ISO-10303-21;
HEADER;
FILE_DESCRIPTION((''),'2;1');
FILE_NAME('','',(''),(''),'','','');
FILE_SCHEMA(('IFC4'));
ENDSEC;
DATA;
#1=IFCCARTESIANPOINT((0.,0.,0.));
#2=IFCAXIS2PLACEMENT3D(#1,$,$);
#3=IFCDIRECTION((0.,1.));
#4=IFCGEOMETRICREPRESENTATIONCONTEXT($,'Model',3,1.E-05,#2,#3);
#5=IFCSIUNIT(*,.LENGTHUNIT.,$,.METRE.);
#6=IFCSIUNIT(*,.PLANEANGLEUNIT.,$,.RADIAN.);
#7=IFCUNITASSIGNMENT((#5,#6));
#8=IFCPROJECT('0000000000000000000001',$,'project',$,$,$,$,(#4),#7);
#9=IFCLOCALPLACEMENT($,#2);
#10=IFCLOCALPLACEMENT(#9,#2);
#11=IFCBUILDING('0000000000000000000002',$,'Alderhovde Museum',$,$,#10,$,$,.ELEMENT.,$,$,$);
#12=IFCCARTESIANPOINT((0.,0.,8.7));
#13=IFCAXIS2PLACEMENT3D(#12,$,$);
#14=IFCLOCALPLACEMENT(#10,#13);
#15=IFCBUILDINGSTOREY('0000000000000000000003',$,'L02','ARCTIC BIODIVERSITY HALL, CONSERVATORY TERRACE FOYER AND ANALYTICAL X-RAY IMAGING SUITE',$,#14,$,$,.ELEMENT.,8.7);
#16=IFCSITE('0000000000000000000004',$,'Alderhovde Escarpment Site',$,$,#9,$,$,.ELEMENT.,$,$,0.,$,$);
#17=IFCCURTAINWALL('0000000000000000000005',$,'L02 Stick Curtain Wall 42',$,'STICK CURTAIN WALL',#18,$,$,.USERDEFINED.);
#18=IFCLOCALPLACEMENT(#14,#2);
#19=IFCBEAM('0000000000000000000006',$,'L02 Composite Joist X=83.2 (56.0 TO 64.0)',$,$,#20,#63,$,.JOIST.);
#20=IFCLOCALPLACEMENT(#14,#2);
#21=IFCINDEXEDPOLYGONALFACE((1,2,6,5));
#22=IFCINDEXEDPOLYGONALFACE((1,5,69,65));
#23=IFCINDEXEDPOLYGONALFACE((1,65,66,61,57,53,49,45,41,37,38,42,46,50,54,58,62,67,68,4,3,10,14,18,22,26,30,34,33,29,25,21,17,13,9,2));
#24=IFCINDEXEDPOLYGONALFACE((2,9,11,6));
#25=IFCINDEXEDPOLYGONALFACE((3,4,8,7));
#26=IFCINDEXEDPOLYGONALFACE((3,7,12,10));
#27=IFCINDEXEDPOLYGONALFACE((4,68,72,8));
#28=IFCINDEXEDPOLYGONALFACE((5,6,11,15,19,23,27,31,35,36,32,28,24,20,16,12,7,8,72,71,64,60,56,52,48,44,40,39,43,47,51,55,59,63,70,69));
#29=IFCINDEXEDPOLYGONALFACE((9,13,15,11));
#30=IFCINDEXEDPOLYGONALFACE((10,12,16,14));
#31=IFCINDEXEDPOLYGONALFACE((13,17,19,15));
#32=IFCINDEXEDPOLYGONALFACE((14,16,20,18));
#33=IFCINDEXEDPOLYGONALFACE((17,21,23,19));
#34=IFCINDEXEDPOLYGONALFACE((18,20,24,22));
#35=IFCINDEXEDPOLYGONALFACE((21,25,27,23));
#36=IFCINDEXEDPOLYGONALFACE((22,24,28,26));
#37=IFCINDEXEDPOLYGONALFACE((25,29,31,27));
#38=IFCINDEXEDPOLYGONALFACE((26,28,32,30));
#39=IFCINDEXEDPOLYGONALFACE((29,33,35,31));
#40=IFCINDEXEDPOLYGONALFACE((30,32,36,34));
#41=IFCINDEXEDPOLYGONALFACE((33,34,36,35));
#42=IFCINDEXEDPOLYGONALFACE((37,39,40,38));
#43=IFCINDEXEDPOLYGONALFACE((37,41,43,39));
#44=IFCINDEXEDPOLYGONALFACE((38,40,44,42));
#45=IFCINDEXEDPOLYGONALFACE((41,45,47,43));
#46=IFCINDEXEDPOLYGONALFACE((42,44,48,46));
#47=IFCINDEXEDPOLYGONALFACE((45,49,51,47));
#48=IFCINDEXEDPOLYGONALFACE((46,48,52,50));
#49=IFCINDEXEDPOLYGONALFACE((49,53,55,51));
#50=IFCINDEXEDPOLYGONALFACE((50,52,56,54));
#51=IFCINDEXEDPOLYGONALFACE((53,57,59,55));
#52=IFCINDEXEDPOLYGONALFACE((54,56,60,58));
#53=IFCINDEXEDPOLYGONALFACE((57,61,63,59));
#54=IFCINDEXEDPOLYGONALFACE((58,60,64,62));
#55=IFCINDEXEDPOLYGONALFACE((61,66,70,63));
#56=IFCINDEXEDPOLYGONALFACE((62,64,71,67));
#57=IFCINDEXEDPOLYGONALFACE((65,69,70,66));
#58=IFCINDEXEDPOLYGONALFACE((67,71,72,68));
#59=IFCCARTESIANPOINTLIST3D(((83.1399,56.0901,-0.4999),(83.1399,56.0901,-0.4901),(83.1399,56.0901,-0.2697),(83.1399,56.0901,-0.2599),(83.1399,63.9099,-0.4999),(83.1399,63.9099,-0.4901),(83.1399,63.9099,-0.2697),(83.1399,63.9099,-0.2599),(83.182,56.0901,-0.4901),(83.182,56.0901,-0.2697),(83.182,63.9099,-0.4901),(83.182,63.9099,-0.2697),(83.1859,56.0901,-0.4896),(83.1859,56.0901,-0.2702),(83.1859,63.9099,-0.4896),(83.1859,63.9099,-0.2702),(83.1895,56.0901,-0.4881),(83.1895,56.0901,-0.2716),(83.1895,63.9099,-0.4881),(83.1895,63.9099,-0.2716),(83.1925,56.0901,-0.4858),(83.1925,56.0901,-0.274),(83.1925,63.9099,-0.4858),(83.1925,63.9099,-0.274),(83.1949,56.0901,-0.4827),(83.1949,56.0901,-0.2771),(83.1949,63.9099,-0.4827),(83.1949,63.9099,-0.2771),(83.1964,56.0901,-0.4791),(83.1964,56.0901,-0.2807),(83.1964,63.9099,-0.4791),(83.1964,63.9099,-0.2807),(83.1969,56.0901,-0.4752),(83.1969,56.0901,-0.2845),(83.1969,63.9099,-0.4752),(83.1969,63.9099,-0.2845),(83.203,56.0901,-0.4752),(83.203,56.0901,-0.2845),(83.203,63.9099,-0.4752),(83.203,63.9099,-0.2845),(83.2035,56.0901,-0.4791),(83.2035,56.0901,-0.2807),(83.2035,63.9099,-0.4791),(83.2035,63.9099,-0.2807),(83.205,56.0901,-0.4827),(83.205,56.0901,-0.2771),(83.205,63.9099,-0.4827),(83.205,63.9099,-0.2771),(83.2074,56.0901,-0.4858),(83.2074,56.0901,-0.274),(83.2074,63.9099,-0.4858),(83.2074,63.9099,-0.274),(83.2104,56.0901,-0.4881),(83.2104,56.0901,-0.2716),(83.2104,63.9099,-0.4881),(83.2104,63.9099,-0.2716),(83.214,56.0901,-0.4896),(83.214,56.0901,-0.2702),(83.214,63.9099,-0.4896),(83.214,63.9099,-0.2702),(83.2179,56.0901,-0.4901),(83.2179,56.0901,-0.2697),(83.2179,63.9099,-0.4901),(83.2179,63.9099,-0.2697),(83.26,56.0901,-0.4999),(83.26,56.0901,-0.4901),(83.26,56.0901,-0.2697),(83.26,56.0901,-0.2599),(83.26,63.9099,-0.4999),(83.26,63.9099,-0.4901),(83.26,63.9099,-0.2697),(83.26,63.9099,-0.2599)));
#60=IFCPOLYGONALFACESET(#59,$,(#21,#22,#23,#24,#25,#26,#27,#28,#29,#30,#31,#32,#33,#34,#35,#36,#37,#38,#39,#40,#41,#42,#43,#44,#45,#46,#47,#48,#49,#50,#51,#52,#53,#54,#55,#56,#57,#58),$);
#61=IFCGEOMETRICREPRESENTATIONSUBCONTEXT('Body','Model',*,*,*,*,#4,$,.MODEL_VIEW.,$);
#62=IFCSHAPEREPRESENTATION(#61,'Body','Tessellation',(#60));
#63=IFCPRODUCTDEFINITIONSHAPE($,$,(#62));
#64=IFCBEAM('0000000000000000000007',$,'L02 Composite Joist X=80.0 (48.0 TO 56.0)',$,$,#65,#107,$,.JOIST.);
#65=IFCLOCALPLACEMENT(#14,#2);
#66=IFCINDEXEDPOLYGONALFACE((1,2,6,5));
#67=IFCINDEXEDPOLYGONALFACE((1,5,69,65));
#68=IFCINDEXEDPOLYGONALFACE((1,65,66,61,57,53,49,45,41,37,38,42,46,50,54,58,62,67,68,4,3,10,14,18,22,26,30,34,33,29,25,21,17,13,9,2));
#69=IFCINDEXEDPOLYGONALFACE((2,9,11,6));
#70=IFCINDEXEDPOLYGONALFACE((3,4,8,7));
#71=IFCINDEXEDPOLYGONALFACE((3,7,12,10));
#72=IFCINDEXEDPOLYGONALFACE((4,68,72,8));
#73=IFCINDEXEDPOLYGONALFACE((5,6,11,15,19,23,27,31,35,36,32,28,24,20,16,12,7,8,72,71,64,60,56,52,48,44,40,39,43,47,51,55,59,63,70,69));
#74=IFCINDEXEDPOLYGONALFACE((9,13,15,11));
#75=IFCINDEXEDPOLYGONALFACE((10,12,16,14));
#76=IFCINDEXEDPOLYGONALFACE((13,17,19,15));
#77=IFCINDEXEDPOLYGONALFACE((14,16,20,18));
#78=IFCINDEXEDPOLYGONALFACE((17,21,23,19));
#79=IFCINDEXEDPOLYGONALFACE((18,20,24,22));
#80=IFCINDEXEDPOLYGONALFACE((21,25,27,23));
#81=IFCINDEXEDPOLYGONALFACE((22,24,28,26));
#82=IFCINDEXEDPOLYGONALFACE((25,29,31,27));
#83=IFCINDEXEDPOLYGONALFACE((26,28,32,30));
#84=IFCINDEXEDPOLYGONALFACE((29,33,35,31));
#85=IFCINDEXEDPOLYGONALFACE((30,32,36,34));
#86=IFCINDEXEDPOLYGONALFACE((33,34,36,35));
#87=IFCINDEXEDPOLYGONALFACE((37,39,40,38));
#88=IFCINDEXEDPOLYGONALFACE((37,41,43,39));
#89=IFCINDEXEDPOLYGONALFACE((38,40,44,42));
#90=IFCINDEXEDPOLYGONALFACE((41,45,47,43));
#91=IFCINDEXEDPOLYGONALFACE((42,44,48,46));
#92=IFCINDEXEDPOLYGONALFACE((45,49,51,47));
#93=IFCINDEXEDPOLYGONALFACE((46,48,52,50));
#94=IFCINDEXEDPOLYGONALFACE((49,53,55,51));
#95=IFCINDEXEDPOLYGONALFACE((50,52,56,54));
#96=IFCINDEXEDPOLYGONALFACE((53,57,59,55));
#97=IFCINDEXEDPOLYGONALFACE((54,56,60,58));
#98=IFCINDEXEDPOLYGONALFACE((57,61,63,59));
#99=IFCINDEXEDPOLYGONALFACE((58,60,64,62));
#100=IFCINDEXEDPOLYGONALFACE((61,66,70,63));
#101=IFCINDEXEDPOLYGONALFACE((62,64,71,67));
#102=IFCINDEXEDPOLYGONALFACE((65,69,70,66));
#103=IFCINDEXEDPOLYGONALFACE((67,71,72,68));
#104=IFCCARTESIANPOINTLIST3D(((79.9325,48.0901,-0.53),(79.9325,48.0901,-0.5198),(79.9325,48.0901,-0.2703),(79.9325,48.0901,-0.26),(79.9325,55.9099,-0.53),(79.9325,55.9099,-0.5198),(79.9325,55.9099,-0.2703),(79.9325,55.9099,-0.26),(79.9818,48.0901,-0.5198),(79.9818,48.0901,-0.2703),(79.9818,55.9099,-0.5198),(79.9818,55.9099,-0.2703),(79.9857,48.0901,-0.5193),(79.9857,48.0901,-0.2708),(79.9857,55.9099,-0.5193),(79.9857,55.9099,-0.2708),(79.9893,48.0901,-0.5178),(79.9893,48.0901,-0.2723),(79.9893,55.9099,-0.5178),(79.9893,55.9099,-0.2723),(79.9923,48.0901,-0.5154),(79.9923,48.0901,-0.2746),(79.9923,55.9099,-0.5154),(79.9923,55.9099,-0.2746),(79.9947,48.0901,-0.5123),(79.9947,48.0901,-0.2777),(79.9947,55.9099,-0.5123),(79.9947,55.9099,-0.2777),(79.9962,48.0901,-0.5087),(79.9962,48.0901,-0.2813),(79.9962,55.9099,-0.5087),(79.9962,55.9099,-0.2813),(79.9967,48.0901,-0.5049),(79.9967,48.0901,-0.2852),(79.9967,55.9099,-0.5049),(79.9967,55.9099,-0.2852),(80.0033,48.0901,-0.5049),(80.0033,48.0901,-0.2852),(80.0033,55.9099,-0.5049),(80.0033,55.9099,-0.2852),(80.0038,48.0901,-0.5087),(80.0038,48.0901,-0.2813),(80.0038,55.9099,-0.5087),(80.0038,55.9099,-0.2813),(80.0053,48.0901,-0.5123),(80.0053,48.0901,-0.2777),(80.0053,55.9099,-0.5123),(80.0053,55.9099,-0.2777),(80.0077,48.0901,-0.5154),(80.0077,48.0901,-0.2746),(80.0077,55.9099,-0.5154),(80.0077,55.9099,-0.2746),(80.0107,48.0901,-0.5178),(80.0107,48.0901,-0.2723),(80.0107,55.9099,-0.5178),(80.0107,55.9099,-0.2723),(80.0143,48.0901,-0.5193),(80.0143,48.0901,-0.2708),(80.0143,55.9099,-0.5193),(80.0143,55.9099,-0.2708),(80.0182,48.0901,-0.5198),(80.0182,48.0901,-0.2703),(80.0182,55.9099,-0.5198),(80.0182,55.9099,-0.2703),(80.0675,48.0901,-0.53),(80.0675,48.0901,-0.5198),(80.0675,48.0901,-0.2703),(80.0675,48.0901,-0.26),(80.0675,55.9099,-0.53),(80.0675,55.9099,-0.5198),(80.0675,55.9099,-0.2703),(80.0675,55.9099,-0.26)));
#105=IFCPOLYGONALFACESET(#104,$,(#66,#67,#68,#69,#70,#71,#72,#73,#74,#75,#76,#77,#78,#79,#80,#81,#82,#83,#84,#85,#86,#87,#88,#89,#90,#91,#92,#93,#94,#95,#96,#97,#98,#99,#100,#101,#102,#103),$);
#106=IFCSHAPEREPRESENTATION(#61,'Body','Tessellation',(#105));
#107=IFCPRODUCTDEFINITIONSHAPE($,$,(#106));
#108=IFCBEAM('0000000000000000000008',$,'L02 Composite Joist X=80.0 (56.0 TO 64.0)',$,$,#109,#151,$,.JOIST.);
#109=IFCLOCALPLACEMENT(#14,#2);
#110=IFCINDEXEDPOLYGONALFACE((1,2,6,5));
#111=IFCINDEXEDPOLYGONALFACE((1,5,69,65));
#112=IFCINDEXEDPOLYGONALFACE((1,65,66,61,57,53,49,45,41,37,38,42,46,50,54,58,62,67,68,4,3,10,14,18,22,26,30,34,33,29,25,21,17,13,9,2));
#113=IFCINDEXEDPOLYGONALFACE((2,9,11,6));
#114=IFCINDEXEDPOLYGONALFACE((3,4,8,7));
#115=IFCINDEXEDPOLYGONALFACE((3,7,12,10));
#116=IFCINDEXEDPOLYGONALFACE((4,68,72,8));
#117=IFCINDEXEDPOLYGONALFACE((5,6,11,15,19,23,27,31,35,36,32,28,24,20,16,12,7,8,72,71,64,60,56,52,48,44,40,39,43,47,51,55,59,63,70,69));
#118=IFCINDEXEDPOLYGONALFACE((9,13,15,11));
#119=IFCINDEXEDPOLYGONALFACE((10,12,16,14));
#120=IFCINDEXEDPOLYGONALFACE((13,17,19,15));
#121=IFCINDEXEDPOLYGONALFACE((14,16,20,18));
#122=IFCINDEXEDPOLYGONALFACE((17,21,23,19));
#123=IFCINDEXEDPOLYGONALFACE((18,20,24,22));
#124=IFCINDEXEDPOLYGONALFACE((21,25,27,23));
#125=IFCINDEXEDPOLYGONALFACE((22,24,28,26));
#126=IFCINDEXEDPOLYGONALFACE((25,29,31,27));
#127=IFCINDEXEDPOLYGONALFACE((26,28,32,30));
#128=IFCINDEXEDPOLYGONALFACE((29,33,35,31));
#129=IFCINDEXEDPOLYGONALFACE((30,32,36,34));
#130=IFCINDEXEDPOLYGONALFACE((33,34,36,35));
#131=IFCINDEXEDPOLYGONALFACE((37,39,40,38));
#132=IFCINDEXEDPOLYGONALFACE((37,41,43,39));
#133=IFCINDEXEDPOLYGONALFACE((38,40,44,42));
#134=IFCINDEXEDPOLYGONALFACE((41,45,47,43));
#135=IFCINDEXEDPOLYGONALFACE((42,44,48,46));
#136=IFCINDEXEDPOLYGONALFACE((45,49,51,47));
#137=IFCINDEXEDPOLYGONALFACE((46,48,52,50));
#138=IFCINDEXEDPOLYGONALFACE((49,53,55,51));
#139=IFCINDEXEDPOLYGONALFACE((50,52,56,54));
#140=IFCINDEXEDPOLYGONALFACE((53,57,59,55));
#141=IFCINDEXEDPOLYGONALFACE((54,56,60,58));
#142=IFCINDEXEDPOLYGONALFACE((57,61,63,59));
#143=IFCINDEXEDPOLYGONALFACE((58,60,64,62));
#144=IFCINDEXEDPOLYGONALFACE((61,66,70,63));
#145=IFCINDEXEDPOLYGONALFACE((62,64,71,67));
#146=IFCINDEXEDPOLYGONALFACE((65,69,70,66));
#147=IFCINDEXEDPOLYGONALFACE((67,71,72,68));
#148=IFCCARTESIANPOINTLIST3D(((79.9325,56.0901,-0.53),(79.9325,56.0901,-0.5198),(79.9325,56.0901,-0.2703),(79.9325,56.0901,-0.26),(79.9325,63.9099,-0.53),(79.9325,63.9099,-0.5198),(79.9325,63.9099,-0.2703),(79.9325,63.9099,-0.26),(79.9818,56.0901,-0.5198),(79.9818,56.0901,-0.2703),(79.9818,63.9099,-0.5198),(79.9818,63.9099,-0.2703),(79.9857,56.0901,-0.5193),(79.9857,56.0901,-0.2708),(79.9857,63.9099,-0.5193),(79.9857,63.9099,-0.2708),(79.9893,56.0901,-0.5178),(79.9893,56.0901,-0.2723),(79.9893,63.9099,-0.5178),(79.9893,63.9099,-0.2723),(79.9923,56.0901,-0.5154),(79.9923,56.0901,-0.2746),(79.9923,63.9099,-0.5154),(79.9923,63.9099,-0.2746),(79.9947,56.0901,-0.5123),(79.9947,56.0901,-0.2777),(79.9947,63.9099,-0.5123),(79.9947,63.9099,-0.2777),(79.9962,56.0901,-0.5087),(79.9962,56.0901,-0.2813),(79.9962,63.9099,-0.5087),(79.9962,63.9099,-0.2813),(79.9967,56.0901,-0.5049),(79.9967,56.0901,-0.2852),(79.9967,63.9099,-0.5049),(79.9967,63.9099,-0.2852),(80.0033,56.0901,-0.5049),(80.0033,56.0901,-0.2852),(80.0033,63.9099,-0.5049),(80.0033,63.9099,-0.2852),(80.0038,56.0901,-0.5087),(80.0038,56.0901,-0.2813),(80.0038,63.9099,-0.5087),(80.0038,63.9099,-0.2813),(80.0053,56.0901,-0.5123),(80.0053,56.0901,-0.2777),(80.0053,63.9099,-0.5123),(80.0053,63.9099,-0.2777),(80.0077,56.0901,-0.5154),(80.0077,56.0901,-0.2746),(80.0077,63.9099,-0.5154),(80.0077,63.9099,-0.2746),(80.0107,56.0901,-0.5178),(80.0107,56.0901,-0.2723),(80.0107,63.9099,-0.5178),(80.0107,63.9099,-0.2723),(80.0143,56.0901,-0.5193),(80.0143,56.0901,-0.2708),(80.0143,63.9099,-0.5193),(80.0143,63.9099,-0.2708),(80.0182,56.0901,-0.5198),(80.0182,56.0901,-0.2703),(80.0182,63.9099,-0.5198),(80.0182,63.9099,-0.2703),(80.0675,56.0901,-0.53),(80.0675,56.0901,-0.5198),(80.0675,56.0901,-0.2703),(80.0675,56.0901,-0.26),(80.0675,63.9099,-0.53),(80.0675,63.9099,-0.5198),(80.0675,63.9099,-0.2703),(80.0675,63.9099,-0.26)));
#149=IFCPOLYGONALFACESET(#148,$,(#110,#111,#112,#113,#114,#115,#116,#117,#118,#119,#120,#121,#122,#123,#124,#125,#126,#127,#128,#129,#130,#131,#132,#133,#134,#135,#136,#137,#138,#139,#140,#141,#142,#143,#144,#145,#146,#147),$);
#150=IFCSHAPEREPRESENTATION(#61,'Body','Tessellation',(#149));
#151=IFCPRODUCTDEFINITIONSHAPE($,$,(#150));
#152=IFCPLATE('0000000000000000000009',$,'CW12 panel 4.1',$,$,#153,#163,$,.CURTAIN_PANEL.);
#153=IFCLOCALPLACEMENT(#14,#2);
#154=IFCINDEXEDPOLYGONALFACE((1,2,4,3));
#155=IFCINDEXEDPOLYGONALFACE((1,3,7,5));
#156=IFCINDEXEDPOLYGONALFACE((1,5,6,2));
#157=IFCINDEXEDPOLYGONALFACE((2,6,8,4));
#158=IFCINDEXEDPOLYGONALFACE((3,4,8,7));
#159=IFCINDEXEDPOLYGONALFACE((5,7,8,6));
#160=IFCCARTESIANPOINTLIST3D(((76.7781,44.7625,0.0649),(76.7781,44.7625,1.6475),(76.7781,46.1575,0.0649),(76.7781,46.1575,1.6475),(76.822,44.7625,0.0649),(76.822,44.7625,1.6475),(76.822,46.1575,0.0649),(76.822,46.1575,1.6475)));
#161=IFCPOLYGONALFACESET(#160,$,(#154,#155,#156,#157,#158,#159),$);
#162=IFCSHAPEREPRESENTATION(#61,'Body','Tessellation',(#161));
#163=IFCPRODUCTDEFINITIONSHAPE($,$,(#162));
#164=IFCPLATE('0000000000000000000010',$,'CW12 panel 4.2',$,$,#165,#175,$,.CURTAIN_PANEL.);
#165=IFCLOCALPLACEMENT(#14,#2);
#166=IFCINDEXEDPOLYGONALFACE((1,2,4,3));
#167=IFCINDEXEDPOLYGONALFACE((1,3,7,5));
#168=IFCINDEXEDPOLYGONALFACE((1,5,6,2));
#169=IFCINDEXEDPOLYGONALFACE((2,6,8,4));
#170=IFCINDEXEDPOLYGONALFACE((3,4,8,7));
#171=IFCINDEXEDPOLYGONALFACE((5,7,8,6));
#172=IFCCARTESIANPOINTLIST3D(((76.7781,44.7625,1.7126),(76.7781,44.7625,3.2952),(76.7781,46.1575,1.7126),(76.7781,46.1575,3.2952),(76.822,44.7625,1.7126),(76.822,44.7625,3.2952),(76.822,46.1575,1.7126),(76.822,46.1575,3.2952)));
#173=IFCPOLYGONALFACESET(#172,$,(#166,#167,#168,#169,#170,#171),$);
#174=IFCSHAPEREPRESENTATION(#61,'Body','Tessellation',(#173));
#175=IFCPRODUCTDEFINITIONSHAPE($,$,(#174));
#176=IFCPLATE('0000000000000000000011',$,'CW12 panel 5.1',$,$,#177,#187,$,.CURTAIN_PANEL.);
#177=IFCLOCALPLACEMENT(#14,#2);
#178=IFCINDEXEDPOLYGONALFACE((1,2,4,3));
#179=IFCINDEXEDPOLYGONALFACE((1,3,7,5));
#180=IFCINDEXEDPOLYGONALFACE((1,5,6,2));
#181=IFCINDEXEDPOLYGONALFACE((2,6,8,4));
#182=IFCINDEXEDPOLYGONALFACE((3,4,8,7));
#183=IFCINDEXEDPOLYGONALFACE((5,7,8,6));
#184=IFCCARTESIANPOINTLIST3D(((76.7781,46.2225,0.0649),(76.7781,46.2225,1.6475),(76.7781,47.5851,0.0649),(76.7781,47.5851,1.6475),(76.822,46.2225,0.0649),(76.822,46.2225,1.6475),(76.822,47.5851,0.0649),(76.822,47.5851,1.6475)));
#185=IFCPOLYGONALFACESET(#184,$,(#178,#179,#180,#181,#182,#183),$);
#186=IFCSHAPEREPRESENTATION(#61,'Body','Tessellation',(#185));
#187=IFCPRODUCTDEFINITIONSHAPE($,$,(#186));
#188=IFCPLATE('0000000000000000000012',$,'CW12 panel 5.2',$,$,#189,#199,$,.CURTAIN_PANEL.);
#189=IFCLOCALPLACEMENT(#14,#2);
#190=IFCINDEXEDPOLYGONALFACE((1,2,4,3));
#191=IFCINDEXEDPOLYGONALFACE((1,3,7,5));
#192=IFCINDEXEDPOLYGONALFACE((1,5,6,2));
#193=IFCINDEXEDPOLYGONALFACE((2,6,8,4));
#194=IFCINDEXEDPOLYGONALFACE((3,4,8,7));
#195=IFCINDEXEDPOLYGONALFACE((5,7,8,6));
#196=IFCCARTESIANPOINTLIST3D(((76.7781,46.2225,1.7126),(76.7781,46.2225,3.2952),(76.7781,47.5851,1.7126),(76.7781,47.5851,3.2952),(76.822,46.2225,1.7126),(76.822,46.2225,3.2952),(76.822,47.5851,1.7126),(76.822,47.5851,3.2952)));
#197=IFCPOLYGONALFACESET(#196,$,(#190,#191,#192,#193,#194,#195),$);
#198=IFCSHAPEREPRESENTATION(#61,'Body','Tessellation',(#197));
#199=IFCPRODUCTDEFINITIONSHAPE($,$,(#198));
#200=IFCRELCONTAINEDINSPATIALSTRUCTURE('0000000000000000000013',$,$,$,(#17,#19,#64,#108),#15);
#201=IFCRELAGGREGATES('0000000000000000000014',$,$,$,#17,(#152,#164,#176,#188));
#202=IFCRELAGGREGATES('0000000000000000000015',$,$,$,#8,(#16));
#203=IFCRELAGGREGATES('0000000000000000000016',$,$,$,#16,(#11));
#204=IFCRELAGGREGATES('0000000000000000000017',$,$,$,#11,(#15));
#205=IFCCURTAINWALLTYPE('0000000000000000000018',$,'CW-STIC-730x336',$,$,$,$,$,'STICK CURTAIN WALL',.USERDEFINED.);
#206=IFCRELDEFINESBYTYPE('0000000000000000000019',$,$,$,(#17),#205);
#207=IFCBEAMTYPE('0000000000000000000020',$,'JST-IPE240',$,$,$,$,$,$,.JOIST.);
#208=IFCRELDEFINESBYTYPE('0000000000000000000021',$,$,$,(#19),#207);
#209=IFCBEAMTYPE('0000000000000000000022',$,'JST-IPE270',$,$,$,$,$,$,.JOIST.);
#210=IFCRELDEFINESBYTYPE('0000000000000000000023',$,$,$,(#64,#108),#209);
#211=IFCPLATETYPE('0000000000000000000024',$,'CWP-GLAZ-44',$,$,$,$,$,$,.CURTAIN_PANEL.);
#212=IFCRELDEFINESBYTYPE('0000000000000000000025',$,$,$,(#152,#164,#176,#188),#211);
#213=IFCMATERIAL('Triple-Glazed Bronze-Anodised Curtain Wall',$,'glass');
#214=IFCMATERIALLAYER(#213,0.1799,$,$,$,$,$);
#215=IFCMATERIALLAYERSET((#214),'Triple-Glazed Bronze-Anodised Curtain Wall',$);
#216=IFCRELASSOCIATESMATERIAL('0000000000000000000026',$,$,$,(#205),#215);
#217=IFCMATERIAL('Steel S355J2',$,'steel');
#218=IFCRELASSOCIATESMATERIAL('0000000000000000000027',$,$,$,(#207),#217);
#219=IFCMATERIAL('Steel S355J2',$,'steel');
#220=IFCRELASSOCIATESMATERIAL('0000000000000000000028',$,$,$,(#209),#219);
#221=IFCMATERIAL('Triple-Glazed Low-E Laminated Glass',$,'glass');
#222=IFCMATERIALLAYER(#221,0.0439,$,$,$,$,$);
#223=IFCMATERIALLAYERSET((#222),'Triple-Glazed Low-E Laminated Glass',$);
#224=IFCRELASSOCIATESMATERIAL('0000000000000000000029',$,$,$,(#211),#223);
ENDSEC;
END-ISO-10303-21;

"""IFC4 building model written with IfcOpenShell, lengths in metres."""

from ifc_helpers import new_model, si_unit, direction, frame, origin, origin_2d, place, context, subcontext, project, spatial, rectangle, i_section, extrude, material, layer, layer_set, material_profile, profile_set, type_object, element, aggregate, save


model = new_model("IFC4")

# Units and contexts
model_context = context("Model", 3, precision=1e-05, world=origin(), true_north=direction((0.0, 1.0)))
body_context = subcontext(model_context, "Body", "Model", "MODEL_VIEW")
ifc_project = project(units=[si_unit("LENGTHUNIT", "METRE"), si_unit("PLANEANGLEUNIT", "RADIAN")], contexts=[model_context])

# Site, building, storey
site_placement = place(None, origin())
site = spatial("IfcSite", under=ifc_project, at=site_placement, Name="Alderhovde Escarpment Site", CompositionType="ELEMENT", RefElevation=0.0)
building_placement = place(site_placement, origin())
building = spatial("IfcBuilding", under=site, at=building_placement, Name="Alderhovde Museum", CompositionType="ELEMENT")
storey_placement = place(building_placement, frame((0.0, 0.0, 8.7)))
storey = spatial("IfcBuildingStorey", under=building, at=storey_placement, Name="L02", Description="ARCTIC BIODIVERSITY HALL, CONSERVATORY TERRACE FOYER AND ANALYTICAL X-RAY IMAGING SUITE", CompositionType="ELEMENT", Elevation=8.7)

# Curtain wall
ifc_material_1 = material(Name="Triple-Glazed Bronze-Anodised Curtain Wall", Category="glass")
ifc_layer_1 = layer(ifc_material_1, 0.1799)
ifc_layer_set_1 = layer_set([ifc_layer_1], Name="Triple-Glazed Bronze-Anodised Curtain Wall")
curtain_wall_type = type_object("IfcCurtainWallType", Name="CW-STIC-730x336", ElementType="STICK CURTAIN WALL", PredefinedType="USERDEFINED", material=ifc_layer_set_1)
curtain_wall_placement = place(storey_placement, origin())
curtain_wall = element("IfcCurtainWall", 1, at=curtain_wall_placement, inside=storey, type_object=curtain_wall_type, Name="L02 Stick Curtain Wall 42", ObjectType="STICK CURTAIN WALL", PredefinedType="USERDEFINED")

# Beams
ifc_material_2 = material(Name="Steel S355J2", Category="steel")
ifc_material_profile_1 = material_profile(ifc_material_2, i_section(OverallWidth=0.1201, OverallDepth=0.24, WebThickness=0.0061, FlangeThickness=0.0098, FilletRadius=0.0149, at=origin_2d()), Name="IPE 240")
ifc_profile_set_1 = profile_set([ifc_material_profile_1], Name="Steel S355J2")
beam_type_1 = type_object("IfcBeamType", Name="JST-IPE240", PredefinedType="JOIST", material=ifc_profile_set_1)
for number, where, z_axis, x_axis, name in (
    (2, (83.2, 56.0901, -0.3799), (0.0, 1.0, 0.0), (-1.0, 0.0, 0.0), "L02 Composite Joist X=83.2 (56.0 TO 64.0)"),
):
    element("IfcBeam", number, at=place(storey_placement, frame(where, z_axis=z_axis, x_axis=x_axis)), inside=storey, type_object=beam_type_1, Name=name, PredefinedType="JOIST", context=body_context, shape_type="SweptSolid", body=[
        extrude(i_section(OverallWidth=0.1201, OverallDepth=0.24, WebThickness=0.0061, FlangeThickness=0.0098, FilletRadius=0.0149, at=origin_2d()), origin(), (0.0, 0.0, 1.0), 7.8198),
    ])
ifc_material_3 = material(Name="Steel S355J2", Category="steel")
ifc_material_profile_2 = material_profile(ifc_material_3, i_section(OverallWidth=0.135, OverallDepth=0.27, WebThickness=0.0066, FlangeThickness=0.0103, FilletRadius=0.0149, at=origin_2d()), Name="IPE 270")
ifc_profile_set_2 = profile_set([ifc_material_profile_2], Name="Steel S355J2")
beam_type_2 = type_object("IfcBeamType", Name="JST-IPE270", PredefinedType="JOIST", material=ifc_profile_set_2)
for number, where, z_axis, x_axis, name in (
    (3, (80.0, 48.0901, -0.395), (0.0, 1.0, 0.0), (-1.0, 0.0, 0.0), "L02 Composite Joist X=80.0 (48.0 TO 56.0)"),
    (4, (80.0, 56.0901, -0.395), (0.0, 1.0, 0.0), (-1.0, 0.0, 0.0), "L02 Composite Joist X=80.0 (56.0 TO 64.0)"),
):
    element("IfcBeam", number, at=place(storey_placement, frame(where, z_axis=z_axis, x_axis=x_axis)), inside=storey, type_object=beam_type_2, Name=name, PredefinedType="JOIST", context=body_context, shape_type="SweptSolid", body=[
        extrude(i_section(OverallWidth=0.135, OverallDepth=0.27, WebThickness=0.0066, FlangeThickness=0.0103, FilletRadius=0.0149, at=origin_2d()), origin(), (0.0, 0.0, 1.0), 7.8198),
    ])

# Plates
ifc_material_4 = material(Name="Triple-Glazed Low-E Laminated Glass", Category="glass")
ifc_layer_2 = layer(ifc_material_4, 0.0439)
ifc_layer_set_2 = layer_set([ifc_layer_2], Name="Triple-Glazed Low-E Laminated Glass")
plate_type = type_object("IfcPlateType", Name="CWP-GLAZ-44", PredefinedType="CURTAIN_PANEL", material=ifc_layer_set_2)
plate_1_placement = place(storey_placement, frame((76.8, 45.46, 0.0649), z_axis=(0.0, 0.0, 1.0), x_axis=(0.0, 1.0, 0.0)))
plate_1 = element("IfcPlate", 5, at=plate_1_placement, type_object=plate_type, Name="CW12 panel 4.1", PredefinedType="CURTAIN_PANEL", context=body_context, shape_type="SweptSolid", body=[
    extrude(rectangle(XDim=1.395, YDim=0.0439, at=origin_2d()), origin(), (0.0, 0.0, 1.0), 1.5825),
])
plate_2_placement = place(storey_placement, frame((76.8, 45.46, 1.7126), z_axis=(0.0, 0.0, 1.0), x_axis=(0.0, 1.0, 0.0)))
plate_2 = element("IfcPlate", 6, at=plate_2_placement, type_object=plate_type, Name="CW12 panel 4.2", PredefinedType="CURTAIN_PANEL", context=body_context, shape_type="SweptSolid", body=[
    extrude(rectangle(XDim=1.395, YDim=0.0439, at=origin_2d()), origin(), (0.0, 0.0, 1.0), 1.5825),
])
plate_3_placement = place(storey_placement, frame((76.8, 46.9038, 0.0649), z_axis=(0.0, 0.0, 1.0), x_axis=(0.0, 1.0, 0.0)))
plate_3 = element("IfcPlate", 7, at=plate_3_placement, type_object=plate_type, Name="CW12 panel 5.1", PredefinedType="CURTAIN_PANEL", context=body_context, shape_type="SweptSolid", body=[
    extrude(rectangle(XDim=1.3625, YDim=0.0439, at=origin_2d()), origin(), (0.0, 0.0, 1.0), 1.5825),
])
plate_4_placement = place(storey_placement, frame((76.8, 46.9038, 1.7126), z_axis=(0.0, 0.0, 1.0), x_axis=(0.0, 1.0, 0.0)))
plate_4 = element("IfcPlate", 8, at=plate_4_placement, type_object=plate_type, Name="CW12 panel 5.2", PredefinedType="CURTAIN_PANEL", context=body_context, shape_type="SweptSolid", body=[
    extrude(rectangle(XDim=1.3625, YDim=0.0439, at=origin_2d()), origin(), (0.0, 0.0, 1.0), 1.5825),
])
aggregate(curtain_wall, [plate_1, plate_2, plate_3, plate_4])

save(model, "model.ifc")
